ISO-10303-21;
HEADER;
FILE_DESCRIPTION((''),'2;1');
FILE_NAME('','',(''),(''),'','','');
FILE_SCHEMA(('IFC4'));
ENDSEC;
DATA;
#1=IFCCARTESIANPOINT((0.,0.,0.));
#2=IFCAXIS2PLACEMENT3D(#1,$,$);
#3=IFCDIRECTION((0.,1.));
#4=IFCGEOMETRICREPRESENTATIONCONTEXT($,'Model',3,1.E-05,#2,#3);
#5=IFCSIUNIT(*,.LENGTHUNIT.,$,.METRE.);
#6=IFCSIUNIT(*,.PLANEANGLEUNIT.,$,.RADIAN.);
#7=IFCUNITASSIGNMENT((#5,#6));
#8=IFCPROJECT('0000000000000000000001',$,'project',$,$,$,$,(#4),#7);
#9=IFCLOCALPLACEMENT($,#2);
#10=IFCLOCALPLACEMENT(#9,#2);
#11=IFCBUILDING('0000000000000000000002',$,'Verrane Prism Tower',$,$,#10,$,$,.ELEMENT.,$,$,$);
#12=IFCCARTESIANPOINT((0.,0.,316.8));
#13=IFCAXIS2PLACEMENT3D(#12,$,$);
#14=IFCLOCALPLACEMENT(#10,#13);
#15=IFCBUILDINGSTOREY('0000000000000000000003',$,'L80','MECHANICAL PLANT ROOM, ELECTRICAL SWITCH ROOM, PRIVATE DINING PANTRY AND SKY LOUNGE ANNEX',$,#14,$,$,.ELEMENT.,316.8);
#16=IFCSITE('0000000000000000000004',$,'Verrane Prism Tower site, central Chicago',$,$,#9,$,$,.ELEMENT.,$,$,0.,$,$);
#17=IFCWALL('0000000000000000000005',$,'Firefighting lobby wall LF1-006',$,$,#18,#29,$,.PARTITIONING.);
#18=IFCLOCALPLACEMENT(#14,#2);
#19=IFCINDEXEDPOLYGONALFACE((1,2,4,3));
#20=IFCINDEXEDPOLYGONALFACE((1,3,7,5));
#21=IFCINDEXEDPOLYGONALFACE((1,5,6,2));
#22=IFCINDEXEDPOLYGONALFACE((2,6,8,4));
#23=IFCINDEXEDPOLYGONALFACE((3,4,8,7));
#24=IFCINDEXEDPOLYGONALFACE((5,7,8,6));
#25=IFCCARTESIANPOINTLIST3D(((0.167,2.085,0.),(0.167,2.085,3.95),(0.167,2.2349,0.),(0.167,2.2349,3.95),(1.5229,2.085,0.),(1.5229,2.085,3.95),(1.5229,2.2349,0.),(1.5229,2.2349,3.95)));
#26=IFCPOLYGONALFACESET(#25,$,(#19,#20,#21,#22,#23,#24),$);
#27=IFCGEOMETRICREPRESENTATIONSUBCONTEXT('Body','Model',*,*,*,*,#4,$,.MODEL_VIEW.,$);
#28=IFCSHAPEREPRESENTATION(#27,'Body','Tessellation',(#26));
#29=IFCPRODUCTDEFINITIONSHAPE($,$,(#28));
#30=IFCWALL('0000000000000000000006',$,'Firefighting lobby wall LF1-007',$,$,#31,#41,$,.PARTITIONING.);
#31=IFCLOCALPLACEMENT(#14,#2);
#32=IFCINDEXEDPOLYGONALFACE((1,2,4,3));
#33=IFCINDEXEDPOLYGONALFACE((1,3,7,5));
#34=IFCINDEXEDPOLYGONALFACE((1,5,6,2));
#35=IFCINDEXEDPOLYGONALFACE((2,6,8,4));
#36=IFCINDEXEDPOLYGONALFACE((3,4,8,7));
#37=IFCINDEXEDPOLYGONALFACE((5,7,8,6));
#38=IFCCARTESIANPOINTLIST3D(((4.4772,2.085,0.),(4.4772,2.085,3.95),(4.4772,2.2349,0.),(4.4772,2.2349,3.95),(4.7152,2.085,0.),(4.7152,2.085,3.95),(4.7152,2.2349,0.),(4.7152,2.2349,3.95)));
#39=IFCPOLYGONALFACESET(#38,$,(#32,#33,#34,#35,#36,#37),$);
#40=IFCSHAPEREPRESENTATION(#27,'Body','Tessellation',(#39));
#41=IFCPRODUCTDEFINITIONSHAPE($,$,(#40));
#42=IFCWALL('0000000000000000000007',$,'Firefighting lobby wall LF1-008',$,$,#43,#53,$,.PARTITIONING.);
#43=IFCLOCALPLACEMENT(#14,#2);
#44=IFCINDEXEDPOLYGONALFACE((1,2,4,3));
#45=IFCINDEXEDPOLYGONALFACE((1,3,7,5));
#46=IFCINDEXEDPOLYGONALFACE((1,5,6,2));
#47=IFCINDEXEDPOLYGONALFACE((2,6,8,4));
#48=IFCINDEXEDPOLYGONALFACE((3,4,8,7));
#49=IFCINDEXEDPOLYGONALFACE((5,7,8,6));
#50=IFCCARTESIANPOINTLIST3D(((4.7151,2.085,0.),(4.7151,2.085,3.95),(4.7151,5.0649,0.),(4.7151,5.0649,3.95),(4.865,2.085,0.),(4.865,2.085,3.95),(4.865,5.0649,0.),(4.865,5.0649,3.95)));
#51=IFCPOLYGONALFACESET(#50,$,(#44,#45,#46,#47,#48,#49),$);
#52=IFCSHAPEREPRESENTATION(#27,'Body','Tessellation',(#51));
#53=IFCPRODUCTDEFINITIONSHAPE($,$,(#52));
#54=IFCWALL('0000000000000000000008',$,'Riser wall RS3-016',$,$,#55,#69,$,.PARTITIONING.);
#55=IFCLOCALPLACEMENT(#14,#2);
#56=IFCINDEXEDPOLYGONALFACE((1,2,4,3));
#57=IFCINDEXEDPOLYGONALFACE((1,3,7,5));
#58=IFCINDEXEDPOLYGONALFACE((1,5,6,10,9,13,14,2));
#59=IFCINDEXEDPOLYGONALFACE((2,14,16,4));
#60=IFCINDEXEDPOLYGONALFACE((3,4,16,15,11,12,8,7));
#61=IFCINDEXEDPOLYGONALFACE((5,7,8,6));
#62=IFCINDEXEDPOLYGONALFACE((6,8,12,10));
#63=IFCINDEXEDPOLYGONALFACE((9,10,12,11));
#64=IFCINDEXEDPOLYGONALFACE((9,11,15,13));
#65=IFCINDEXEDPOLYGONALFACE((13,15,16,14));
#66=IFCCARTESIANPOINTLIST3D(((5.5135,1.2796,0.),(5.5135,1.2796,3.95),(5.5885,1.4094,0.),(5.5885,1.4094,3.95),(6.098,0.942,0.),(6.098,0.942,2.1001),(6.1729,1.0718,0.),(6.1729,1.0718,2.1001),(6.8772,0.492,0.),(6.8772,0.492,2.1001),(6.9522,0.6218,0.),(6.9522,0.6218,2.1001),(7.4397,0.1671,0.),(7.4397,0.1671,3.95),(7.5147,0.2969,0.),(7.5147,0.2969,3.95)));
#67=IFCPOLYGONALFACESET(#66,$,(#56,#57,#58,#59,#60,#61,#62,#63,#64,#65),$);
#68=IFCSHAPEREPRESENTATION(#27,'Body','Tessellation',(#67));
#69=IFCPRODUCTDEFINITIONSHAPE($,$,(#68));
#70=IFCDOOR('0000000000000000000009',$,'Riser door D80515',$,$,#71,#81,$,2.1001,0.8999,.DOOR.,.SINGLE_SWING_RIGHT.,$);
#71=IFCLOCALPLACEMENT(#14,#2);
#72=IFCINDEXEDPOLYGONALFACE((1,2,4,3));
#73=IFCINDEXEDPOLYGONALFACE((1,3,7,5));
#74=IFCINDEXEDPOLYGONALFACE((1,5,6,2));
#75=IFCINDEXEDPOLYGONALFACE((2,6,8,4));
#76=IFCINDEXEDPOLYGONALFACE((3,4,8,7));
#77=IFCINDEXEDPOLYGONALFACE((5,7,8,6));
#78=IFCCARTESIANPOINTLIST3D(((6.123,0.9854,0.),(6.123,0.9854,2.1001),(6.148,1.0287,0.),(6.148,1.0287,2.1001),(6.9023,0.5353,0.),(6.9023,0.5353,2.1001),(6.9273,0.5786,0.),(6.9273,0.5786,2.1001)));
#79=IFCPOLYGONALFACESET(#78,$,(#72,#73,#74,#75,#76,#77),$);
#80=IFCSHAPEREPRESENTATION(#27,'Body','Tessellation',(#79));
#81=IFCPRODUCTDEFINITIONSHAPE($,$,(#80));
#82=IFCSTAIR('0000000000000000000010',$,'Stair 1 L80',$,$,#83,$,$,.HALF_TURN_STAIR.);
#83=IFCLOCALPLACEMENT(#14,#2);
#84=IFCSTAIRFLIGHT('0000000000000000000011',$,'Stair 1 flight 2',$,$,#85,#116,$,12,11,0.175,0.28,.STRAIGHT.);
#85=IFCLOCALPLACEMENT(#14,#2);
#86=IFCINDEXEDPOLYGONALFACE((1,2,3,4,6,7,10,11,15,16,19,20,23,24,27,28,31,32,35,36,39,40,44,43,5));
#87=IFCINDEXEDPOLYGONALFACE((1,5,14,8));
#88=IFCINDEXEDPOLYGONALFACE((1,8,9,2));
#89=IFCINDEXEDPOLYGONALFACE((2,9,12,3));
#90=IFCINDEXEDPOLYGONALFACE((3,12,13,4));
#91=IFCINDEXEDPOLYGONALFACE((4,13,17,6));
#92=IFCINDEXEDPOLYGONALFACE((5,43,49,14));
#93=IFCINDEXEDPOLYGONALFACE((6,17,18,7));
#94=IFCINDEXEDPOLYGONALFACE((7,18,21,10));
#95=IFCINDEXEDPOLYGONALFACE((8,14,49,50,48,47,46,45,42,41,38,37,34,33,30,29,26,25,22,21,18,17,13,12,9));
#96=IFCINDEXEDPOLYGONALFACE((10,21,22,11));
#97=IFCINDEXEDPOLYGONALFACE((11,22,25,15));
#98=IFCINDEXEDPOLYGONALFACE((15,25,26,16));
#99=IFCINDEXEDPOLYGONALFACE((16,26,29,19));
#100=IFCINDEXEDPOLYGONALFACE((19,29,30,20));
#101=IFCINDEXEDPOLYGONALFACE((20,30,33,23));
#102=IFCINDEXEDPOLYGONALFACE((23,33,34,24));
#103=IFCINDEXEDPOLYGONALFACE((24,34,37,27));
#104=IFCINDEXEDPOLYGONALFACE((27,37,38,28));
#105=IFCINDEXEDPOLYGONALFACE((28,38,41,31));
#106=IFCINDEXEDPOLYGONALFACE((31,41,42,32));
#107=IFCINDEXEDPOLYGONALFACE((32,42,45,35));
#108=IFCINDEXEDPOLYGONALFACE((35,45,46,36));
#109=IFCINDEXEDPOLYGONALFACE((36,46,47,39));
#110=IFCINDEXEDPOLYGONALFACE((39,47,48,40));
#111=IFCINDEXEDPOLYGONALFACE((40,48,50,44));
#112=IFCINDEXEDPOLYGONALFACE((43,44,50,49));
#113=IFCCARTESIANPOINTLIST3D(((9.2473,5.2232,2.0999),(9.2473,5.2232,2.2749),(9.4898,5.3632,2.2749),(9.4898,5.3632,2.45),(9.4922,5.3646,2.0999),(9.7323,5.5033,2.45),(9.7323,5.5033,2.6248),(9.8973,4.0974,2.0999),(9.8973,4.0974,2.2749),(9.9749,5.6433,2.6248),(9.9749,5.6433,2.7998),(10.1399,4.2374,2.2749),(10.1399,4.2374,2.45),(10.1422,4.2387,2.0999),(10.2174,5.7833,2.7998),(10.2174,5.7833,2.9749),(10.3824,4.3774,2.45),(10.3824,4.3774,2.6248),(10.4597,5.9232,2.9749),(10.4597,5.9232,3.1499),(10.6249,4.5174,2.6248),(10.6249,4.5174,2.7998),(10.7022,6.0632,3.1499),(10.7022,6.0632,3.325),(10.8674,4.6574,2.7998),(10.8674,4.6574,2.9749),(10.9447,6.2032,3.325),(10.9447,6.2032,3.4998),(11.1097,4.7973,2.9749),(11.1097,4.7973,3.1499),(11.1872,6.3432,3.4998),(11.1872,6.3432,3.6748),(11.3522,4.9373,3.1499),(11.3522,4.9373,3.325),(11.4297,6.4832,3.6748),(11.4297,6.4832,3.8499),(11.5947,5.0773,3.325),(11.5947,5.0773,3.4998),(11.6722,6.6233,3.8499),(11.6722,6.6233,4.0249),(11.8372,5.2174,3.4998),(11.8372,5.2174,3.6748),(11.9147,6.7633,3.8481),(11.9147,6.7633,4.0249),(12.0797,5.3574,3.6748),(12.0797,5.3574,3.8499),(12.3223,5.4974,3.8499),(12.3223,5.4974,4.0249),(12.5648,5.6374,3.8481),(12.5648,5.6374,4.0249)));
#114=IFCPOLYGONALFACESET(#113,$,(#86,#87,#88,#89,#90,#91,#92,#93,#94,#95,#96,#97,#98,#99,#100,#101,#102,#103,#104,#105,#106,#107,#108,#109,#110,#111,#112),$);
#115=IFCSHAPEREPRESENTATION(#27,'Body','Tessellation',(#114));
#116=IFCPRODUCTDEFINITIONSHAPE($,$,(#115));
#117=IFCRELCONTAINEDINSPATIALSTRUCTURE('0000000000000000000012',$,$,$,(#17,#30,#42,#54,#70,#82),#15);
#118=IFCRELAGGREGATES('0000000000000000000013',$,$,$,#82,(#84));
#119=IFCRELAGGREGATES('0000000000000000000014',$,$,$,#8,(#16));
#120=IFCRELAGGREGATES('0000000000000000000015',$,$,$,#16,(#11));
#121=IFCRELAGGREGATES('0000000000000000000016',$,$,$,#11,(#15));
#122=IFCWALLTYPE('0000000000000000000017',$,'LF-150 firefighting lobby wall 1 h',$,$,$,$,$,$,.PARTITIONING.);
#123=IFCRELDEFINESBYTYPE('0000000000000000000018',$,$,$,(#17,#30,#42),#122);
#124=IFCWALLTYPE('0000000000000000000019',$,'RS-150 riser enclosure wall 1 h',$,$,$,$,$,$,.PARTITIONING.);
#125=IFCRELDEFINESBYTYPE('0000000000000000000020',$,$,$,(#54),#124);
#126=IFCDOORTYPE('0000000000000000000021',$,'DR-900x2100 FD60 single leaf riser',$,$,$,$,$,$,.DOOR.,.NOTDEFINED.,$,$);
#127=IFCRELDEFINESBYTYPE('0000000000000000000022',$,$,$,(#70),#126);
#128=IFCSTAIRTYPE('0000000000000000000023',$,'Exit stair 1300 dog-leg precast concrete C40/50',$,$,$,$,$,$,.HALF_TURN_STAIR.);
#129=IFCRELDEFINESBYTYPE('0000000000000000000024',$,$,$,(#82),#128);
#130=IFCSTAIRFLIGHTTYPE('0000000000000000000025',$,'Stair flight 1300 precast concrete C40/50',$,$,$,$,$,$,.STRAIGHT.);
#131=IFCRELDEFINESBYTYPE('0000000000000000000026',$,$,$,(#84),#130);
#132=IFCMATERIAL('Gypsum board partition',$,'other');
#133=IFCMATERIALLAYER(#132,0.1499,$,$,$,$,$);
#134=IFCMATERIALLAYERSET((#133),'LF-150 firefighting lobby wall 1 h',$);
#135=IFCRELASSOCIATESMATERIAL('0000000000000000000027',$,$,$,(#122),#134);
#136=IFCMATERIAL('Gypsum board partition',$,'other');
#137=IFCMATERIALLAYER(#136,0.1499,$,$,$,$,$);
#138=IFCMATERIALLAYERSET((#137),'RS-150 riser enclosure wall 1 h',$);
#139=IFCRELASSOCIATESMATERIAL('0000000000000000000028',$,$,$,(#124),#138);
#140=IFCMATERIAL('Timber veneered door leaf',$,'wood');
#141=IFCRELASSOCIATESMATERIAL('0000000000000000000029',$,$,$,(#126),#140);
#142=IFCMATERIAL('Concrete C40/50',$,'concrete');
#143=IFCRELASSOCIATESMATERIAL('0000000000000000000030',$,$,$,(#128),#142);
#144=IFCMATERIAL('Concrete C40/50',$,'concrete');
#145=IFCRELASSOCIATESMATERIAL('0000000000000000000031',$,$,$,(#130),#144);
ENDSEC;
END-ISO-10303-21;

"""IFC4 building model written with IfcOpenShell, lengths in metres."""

from ifc_helpers import new_model, si_unit, direction, frame, frame_2d, origin, place, context, subcontext, project, spatial, polyline, rectangle, outline, extrude, material, layer, layer_set, type_object, element, fill, aggregate, save


model = new_model("IFC4")

# Units and contexts
model_context = context("Model", 3, precision=1e-05, world=origin(), true_north=direction((0.0, 1.0)))
body_context = subcontext(model_context, "Body", "Model", "MODEL_VIEW")
ifc_project = project(units=[si_unit("LENGTHUNIT", "METRE"), si_unit("PLANEANGLEUNIT", "RADIAN")], contexts=[model_context])

# Site, building, storey
site_placement = place(None, origin())
site = spatial("IfcSite", under=ifc_project, at=site_placement, Name="Verrane Prism Tower site, central Chicago", CompositionType="ELEMENT", RefElevation=0.0)
building_placement = place(site_placement, origin())
building = spatial("IfcBuilding", under=site, at=building_placement, Name="Verrane Prism Tower", CompositionType="ELEMENT")
storey_placement = place(building_placement, frame((0.0, 0.0, 316.8)))
storey = spatial("IfcBuildingStorey", under=building, at=storey_placement, Name="L80", Description="MECHANICAL PLANT ROOM, ELECTRICAL SWITCH ROOM, PRIVATE DINING PANTRY AND SKY LOUNGE ANNEX", CompositionType="ELEMENT", Elevation=316.8)

# Walls
ifc_material_1 = material(Name="Gypsum board partition", Category="other")
ifc_layer_1 = layer(ifc_material_1, 0.1499)
ifc_layer_set_1 = layer_set([ifc_layer_1], Name="LF-150 firefighting lobby wall 1 h")
wall_type_1 = type_object("IfcWallType", Name="LF-150 firefighting lobby wall 1 h", PredefinedType="PARTITIONING", material=ifc_layer_set_1)
wall_1_placement = place(storey_placement, frame((0.167, 2.1599, 0.0), z_axis=(0.0, 0.0, 1.0), x_axis=(1.0, 0.0, 0.0)))
element("IfcWall", 1, at=wall_1_placement, inside=storey, type_object=wall_type_1, Name="Firefighting lobby wall LF1-006", PredefinedType="PARTITIONING", context=body_context, shape_type="SweptSolid", body=[
    extrude(rectangle(XDim=1.356, YDim=0.1499, at=frame_2d((0.678, 0.0))), origin(), (0.0, 0.0, 1.0), 3.95),
])
wall_2_placement = place(storey_placement, frame((4.4771, 2.1599, 0.0), z_axis=(0.0, 0.0, 1.0), x_axis=(1.0, 0.0, 0.0)))
element("IfcWall", 2, at=wall_2_placement, inside=storey, type_object=wall_type_1, Name="Firefighting lobby wall LF1-007", PredefinedType="PARTITIONING", context=body_context, shape_type="SweptSolid", body=[
    extrude(rectangle(XDim=0.238, YDim=0.1499, at=frame_2d((0.1191, 0.0))), origin(), (0.0, 0.0, 1.0), 3.95),
])
wall_3_placement = place(storey_placement, frame((4.79, 2.085, 0.0), z_axis=(0.0, 0.0, 1.0), x_axis=(0.0, 1.0, 0.0)))
element("IfcWall", 3, at=wall_3_placement, inside=storey, type_object=wall_type_1, Name="Firefighting lobby wall LF1-008", PredefinedType="PARTITIONING", context=body_context, shape_type="SweptSolid", body=[
    extrude(rectangle(XDim=2.98, YDim=0.1499, at=frame_2d((1.49, 0.0))), origin(), (0.0, 0.0, 1.0), 3.95),
])

# Wall, opening, door
ifc_material_2 = material(Name="Gypsum board partition", Category="other")
ifc_layer_2 = layer(ifc_material_2, 0.1499)
ifc_layer_set_2 = layer_set([ifc_layer_2], Name="RS-150 riser enclosure wall 1 h")
wall_type_2 = type_object("IfcWallType", Name="RS-150 riser enclosure wall 1 h", PredefinedType="PARTITIONING", material=ifc_layer_set_2)
wall_4_placement = place(storey_placement, frame((7.4773, 0.2319, 0.0), z_axis=(0.0, 0.0, 1.0), x_axis=(-0.865944, 0.50014, 0.0)))
wall_4 = element("IfcWall", 4, at=wall_4_placement, inside=storey, type_object=wall_type_2, Name="Riser wall RS3-016", PredefinedType="PARTITIONING", context=body_context, shape_type="SweptSolid", body=[
    extrude(rectangle(XDim=2.2244, YDim=0.1499, at=frame_2d((1.1123, 0.0))), origin(), (0.0, 0.0, 1.0), 3.95),
])
opening_1_placement = place(wall_4_placement, frame((0.6497, 0.0, 0.0)))
opening_1 = element("IfcOpeningElement", 5, at=opening_1_placement, cuts=wall_4, PredefinedType="OPENING", context=body_context, shape_type="SweptSolid", body=[
    extrude(rectangle(XDim=0.8999, YDim=2.1001, at=frame_2d((0.45, 1.05))), frame((0.0, 0.085, 0.0), z_axis=(0.0, -1.0, 0.0), x_axis=(1.0, 0.0, 0.0)), (0.0, 0.0, 1.0), 0.1699),
])
ifc_material_3 = material(Name="Timber veneered door leaf", Category="wood")
door_type_1 = type_object("IfcDoorType", Name="DR-900x2100 FD60 single leaf riser", OperationType="NOTDEFINED", PredefinedType="DOOR", material=ifc_material_3)
door_1_placement = place(opening_1_placement, origin())
door_1 = element("IfcDoor", 6, at=door_1_placement, inside=storey, type_object=door_type_1, Name="Riser door D80515", OperationType="SINGLE_SWING_RIGHT", OverallHeight=2.1001, OverallWidth=0.8999, PredefinedType="DOOR", context=body_context, shape_type="SweptSolid", body=[
    extrude(rectangle(XDim=0.8999, YDim=2.1001, at=frame_2d((0.45, 1.05))), frame((0.0, 0.0249, 0.0), z_axis=(0.0, -1.0, 0.0), x_axis=(1.0, 0.0, 0.0)), (0.0, 0.0, 1.0), 0.05),
])
fill(opening_1, door_1)

# Stair, stair flight
ifc_material_4 = material(Name="Concrete C40/50", Category="concrete")
stair_type = type_object("IfcStairType", Name="Exit stair 1300 dog-leg precast concrete C40/50", PredefinedType="HALF_TURN_STAIR", material=ifc_material_4)
stair_placement = place(storey_placement, origin())
stair = element("IfcStair", 7, at=stair_placement, inside=storey, type_object=stair_type, Name="Stair 1 L80", PredefinedType="HALF_TURN_STAIR")
ifc_material_5 = material(Name="Concrete C40/50", Category="concrete")
stair_flight_type = type_object("IfcStairFlightType", Name="Stair flight 1300 precast concrete C40/50", PredefinedType="STRAIGHT", material=ifc_material_5)
stair_flight_placement = place(storey_placement, frame((9.5723, 4.6604, 2.0999), z_axis=(0.0, 0.0, 1.0), x_axis=(0.866025, 0.5, 0.0)))
stair_flight = element("IfcStairFlight", 8, at=stair_flight_placement, type_object=stair_flight_type, Name="Stair 1 flight 2", NumberOfRisers=12, NumberOfTreads=11, PredefinedType="STRAIGHT", RiserHeight=0.175, TreadLength=0.28, context=body_context, shape_type="SweptSolid", body=[
    extrude(outline(polyline([(0.0, 0.0), (0.0, 0.175), (0.28, 0.175), (0.28, 0.3501), (0.5601, 0.3501), (0.5601, 0.5249), (0.8401, 0.5249), (0.8401, 0.7), (1.1201, 0.7), (1.1201, 0.875), (1.3999, 0.875), (1.3999, 1.05), (1.6799, 1.05), (1.6799, 1.2251), (1.96, 1.2251), (1.96, 1.3999), (2.24, 1.3999), (2.24, 1.575), (2.52, 1.575), (2.52, 1.75), (2.8, 1.75), (2.8, 1.925), (3.0801, 1.925), (3.0801, 2.1001), (3.0801, 1.7483), (0.2827, 0.0), (0.0, 0.0)])), frame((0.0, 0.6499, 0.0), z_axis=(0.0, -1.0, 0.0), x_axis=(1.0, 0.0, 0.0)), (0.0, 0.0, 1.0), 1.3),
])
aggregate(stair, [stair_flight])

save(model, "model.ifc")
